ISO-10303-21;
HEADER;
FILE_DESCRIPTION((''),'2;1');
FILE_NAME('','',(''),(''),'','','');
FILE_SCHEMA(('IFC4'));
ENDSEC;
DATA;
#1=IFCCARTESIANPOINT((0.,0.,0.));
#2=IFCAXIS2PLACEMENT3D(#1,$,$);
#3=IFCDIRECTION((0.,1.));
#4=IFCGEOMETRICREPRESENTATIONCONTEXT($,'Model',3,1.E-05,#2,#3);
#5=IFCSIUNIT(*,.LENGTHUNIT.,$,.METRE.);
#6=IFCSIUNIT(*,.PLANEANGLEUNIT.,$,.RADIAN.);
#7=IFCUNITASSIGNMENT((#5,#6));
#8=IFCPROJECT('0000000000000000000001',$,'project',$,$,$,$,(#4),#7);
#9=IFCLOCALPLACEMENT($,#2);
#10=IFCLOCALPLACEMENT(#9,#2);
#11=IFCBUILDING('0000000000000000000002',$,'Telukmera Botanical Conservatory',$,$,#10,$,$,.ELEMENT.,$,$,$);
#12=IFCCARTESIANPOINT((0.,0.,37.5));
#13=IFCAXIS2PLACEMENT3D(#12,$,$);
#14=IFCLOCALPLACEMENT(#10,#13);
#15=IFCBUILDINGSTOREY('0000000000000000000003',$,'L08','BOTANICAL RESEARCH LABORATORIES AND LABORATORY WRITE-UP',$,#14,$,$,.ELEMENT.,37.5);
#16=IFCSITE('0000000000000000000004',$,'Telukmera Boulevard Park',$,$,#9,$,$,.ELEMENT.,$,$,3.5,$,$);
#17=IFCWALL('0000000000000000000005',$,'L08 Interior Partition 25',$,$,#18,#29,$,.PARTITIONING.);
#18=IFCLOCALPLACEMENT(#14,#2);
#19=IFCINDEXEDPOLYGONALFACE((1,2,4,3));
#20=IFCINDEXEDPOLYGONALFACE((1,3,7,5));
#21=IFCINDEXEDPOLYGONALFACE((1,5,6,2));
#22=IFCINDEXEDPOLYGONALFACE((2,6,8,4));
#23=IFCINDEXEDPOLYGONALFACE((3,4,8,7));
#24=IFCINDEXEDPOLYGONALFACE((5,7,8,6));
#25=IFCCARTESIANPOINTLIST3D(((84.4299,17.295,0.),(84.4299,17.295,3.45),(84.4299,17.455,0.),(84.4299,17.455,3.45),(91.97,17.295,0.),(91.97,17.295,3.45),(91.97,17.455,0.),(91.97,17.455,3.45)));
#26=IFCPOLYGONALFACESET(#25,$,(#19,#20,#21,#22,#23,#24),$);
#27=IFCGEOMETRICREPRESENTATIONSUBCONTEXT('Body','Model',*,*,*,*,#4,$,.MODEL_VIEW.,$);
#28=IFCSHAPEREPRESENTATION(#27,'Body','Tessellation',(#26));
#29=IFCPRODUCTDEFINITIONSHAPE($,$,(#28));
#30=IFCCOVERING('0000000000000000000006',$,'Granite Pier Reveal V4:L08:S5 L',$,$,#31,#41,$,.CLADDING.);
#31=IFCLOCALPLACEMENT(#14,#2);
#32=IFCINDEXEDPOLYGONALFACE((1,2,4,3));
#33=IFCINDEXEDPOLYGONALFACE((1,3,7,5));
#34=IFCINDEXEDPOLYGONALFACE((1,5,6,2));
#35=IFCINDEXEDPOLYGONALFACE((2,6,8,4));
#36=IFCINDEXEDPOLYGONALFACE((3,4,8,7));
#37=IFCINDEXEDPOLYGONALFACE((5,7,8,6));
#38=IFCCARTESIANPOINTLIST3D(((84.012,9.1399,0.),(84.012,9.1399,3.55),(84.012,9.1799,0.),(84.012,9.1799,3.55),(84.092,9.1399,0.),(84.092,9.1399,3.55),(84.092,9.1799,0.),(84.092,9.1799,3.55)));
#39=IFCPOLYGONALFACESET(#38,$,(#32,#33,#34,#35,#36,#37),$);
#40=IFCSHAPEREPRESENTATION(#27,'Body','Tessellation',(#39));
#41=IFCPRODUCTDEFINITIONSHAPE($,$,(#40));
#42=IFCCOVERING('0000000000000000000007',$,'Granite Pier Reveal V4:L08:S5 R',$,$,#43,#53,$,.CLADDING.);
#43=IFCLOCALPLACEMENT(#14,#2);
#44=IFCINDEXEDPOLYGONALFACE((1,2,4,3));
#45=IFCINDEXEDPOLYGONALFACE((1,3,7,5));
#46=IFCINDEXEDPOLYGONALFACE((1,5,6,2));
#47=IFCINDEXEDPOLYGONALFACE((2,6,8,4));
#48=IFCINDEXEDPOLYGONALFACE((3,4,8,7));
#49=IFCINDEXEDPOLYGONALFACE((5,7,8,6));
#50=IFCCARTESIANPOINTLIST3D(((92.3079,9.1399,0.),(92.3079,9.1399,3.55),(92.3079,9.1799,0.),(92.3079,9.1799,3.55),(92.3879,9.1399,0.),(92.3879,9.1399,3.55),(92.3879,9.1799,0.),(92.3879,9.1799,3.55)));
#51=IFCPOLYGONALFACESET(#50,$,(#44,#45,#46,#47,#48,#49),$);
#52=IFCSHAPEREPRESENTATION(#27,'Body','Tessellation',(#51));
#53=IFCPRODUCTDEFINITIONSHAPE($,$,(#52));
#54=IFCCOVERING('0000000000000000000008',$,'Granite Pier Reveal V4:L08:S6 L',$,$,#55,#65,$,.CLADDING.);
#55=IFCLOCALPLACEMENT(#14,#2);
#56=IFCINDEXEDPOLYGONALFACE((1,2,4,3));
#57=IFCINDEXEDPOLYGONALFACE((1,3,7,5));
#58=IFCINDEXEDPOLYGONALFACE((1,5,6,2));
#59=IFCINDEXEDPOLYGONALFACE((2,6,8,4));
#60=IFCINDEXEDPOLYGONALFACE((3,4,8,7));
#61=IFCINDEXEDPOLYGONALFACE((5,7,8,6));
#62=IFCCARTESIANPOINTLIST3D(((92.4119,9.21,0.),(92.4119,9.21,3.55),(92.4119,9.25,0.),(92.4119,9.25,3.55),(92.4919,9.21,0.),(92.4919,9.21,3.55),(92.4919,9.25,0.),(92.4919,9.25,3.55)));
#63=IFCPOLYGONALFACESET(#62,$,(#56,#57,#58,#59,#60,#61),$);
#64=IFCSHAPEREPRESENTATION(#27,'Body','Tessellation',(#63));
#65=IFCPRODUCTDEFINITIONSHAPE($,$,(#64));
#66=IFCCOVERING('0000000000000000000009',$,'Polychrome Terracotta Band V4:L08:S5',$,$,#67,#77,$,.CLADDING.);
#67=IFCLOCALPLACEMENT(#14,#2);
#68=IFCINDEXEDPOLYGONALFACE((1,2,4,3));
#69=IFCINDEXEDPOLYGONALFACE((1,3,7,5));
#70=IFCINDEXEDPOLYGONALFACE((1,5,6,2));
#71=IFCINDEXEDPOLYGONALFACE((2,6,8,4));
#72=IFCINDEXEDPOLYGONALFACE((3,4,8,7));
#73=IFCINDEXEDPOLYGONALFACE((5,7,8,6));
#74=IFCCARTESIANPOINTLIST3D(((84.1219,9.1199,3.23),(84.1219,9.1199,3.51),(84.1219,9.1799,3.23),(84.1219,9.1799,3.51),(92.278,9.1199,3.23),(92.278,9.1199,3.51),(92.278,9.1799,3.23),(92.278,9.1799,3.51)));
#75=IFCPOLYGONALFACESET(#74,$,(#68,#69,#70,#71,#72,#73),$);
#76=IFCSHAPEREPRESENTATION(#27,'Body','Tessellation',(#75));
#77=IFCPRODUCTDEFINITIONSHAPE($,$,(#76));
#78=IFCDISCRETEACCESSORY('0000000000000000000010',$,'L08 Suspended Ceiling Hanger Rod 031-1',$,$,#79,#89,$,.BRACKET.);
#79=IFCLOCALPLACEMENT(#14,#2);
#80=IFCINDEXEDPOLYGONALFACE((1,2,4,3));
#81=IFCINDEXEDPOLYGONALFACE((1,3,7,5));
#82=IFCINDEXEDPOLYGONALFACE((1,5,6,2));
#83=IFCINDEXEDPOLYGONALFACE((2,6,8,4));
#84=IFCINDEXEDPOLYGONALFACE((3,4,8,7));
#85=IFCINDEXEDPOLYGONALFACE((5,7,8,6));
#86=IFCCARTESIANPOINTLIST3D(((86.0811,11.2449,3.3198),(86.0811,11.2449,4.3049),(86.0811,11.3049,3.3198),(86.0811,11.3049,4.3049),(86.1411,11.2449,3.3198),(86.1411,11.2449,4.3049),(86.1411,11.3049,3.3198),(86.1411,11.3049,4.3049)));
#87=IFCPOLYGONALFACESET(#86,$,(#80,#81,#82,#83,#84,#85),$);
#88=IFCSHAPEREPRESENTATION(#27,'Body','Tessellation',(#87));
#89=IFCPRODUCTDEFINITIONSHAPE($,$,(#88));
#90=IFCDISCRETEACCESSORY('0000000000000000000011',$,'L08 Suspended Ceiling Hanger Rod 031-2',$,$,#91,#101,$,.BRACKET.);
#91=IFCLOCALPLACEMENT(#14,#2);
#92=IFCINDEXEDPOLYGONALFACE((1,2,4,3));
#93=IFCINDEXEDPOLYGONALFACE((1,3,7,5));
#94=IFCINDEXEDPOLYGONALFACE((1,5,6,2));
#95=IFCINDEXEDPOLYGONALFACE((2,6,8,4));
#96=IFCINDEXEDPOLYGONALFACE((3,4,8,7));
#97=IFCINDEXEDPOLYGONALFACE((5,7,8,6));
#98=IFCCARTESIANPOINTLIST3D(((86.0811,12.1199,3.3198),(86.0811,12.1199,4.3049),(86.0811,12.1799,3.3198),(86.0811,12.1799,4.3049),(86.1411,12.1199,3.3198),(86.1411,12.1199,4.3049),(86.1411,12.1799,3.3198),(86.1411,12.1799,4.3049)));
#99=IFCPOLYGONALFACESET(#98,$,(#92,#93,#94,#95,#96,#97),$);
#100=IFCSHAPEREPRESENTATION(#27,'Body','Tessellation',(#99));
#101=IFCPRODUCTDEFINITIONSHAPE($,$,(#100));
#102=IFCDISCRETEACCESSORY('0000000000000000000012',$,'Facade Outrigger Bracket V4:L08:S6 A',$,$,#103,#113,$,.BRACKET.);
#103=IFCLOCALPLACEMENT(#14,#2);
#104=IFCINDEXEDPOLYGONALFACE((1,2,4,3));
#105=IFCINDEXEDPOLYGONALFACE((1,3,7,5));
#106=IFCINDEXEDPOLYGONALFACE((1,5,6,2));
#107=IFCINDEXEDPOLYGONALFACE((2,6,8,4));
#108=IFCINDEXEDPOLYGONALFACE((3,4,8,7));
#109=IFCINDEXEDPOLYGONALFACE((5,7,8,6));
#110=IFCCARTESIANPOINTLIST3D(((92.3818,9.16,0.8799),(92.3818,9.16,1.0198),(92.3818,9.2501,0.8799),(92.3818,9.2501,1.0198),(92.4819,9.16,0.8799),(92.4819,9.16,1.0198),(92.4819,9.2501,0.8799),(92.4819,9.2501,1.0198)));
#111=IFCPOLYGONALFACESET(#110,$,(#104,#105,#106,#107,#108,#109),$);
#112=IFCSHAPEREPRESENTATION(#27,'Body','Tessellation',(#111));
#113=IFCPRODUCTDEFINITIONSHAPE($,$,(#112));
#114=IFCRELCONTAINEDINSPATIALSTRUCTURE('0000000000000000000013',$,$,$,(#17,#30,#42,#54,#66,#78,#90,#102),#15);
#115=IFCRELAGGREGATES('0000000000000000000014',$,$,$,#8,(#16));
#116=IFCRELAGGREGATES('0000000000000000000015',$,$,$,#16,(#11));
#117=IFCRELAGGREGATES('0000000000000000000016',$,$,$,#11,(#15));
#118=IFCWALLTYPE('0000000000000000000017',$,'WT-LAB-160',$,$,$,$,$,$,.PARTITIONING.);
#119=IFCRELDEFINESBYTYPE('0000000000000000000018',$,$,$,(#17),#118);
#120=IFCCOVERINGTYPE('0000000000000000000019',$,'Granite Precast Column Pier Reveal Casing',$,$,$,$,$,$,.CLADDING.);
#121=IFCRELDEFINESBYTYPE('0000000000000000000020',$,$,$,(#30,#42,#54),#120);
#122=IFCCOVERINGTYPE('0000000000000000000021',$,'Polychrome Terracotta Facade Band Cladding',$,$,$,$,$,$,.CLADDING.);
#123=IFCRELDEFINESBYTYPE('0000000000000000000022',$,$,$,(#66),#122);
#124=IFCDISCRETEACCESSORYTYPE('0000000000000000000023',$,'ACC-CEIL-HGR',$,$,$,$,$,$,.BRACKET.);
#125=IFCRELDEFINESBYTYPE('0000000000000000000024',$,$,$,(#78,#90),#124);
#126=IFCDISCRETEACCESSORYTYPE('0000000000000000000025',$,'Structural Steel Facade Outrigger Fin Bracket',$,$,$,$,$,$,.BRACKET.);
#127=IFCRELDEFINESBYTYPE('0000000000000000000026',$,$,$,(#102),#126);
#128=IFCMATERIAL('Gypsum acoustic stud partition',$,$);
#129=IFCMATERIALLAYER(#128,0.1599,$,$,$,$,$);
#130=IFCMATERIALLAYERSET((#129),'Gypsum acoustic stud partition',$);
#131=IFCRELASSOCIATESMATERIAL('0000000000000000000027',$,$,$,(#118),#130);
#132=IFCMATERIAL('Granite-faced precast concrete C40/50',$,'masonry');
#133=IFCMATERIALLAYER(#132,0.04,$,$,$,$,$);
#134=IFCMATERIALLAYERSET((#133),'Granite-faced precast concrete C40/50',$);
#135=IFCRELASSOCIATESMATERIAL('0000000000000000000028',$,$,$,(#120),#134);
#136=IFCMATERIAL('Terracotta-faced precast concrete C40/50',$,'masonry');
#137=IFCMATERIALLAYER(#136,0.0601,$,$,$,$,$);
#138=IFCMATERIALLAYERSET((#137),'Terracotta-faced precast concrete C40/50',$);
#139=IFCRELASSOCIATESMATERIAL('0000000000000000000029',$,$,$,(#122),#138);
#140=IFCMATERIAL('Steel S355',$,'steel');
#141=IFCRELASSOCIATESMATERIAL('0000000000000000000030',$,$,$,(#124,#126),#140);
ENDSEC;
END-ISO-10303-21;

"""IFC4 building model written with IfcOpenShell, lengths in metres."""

from ifc_helpers import new_model, si_unit, direction, frame, frame_2d, origin, origin_2d, place, context, subcontext, project, spatial, rectangle, extrude, material, layer, layer_set, type_object, element, save


model = new_model("IFC4")

# Units and contexts
model_context = context("Model", 3, precision=1e-05, world=origin(), true_north=direction((0.0, 1.0)))
body_context = subcontext(model_context, "Body", "Model", "MODEL_VIEW")
ifc_project = project(units=[si_unit("LENGTHUNIT", "METRE"), si_unit("PLANEANGLEUNIT", "RADIAN")], contexts=[model_context])

# Site, building, storey
site_placement = place(None, origin())
site = spatial("IfcSite", under=ifc_project, at=site_placement, Name="Telukmera Boulevard Park", CompositionType="ELEMENT", RefElevation=3.5)
building_placement = place(site_placement, origin())
building = spatial("IfcBuilding", under=site, at=building_placement, Name="Telukmera Botanical Conservatory", CompositionType="ELEMENT")
storey_placement = place(building_placement, frame((0.0, 0.0, 37.5)))
storey = spatial("IfcBuildingStorey", under=building, at=storey_placement, Name="L08", Description="BOTANICAL RESEARCH LABORATORIES AND LABORATORY WRITE-UP", CompositionType="ELEMENT", Elevation=37.5)

# Wall
ifc_material_1 = material(Name="Gypsum acoustic stud partition")
ifc_layer_1 = layer(ifc_material_1, 0.1599)
ifc_layer_set_1 = layer_set([ifc_layer_1], Name="Gypsum acoustic stud partition")
wall_type_1 = type_object("IfcWallType", Name="WT-LAB-160", PredefinedType="PARTITIONING", material=ifc_layer_set_1)
wall_1_placement = place(storey_placement, frame((84.4299, 17.375, 0.0), z_axis=(0.0, 0.0, 1.0), x_axis=(1.0, 0.0, 0.0)))
element("IfcWall", 1, at=wall_1_placement, inside=storey, type_object=wall_type_1, Name="L08 Interior Partition 25", PredefinedType="PARTITIONING", context=body_context, shape_type="SweptSolid", body=[
    extrude(rectangle(XDim=7.54, YDim=0.1599, at=frame_2d((3.77, 0.0))), origin(), (0.0, 0.0, 1.0), 3.45),
])

# Coverings
ifc_material_2 = material(Name="Granite-faced precast concrete C40/50", Category="masonry")
ifc_layer_2 = layer(ifc_material_2, 0.04)
ifc_layer_set_2 = layer_set([ifc_layer_2], Name="Granite-faced precast concrete C40/50")
covering_type_1 = type_object("IfcCoveringType", Name="Granite Precast Column Pier Reveal Casing", PredefinedType="CLADDING", material=ifc_layer_set_2)
for number, where, z_axis, x_axis, name in (
    (2, (84.052, 9.1599, 0.0), (0.0, 0.0, 1.0), (1.0, 0.0, 0.0), "Granite Pier Reveal V4:L08:S5 L"),
    (3, (92.3479, 9.1599, 0.0), (0.0, 0.0, 1.0), (1.0, 0.0, 0.0), "Granite Pier Reveal V4:L08:S5 R"),
    (4, (92.4519, 9.23, 0.0), (0.0, 0.0, 1.0), (1.0, 0.0, 0.0), "Granite Pier Reveal V4:L08:S6 L"),
):
    element("IfcCovering", number, at=place(storey_placement, frame(where, z_axis=z_axis, x_axis=x_axis)), inside=storey, type_object=covering_type_1, Name=name, PredefinedType="CLADDING", context=body_context, shape_type="SweptSolid", body=[
        extrude(rectangle(XDim=0.0801, YDim=0.04, at=origin_2d()), origin(), (0.0, 0.0, 1.0), 3.55),
    ])
ifc_material_3 = material(Name="Terracotta-faced precast concrete C40/50", Category="masonry")
ifc_layer_3 = layer(ifc_material_3, 0.0601)
ifc_layer_set_3 = layer_set([ifc_layer_3], Name="Terracotta-faced precast concrete C40/50")
covering_type_2 = type_object("IfcCoveringType", Name="Polychrome Terracotta Facade Band Cladding", PredefinedType="CLADDING", material=ifc_layer_set_3)
covering_placement = place(storey_placement, frame((88.2, 9.1499, 3.23), z_axis=(0.0, 0.0, 1.0), x_axis=(1.0, 0.0, 0.0)))
element("IfcCovering", 5, at=covering_placement, inside=storey, type_object=covering_type_2, Name="Polychrome Terracotta Band V4:L08:S5", PredefinedType="CLADDING", context=body_context, shape_type="SweptSolid", body=[
    extrude(rectangle(XDim=8.156, YDim=0.0601, at=origin_2d()), origin(), (0.0, 0.0, 1.0), 0.28),
])

# Discrete accessories
ifc_material_4 = material(Name="Steel S355", Category="steel")
discrete_accessory_type_1 = type_object("IfcDiscreteAccessoryType", Name="ACC-CEIL-HGR", PredefinedType="BRACKET", material=ifc_material_4)
for number, where, z_axis, x_axis, name in (
    (6, (86.1111, 11.2749, 3.3198), (0.0, 0.0, 1.0), (1.0, 0.0, 0.0), "L08 Suspended Ceiling Hanger Rod 031-1"),
    (7, (86.1111, 12.1499, 3.3198), (0.0, 0.0, 1.0), (1.0, 0.0, 0.0), "L08 Suspended Ceiling Hanger Rod 031-2"),
):
    element("IfcDiscreteAccessory", number, at=place(storey_placement, frame(where, z_axis=z_axis, x_axis=x_axis)), inside=storey, type_object=discrete_accessory_type_1, Name=name, PredefinedType="BRACKET", context=body_context, shape_type="SweptSolid", body=[
        extrude(rectangle(XDim=0.0601, YDim=0.0601, at=origin_2d()), origin(), (0.0, 0.0, 1.0), 0.9851),
    ])
discrete_accessory_type_2 = type_object("IfcDiscreteAccessoryType", Name="Structural Steel Facade Outrigger Fin Bracket", PredefinedType="BRACKET", material=ifc_material_4)
discrete_accessory_placement = place(storey_placement, frame((92.4319, 9.2051, 0.8799), z_axis=(0.0, 0.0, 1.0), x_axis=(1.0, 0.0, 0.0)))
element("IfcDiscreteAccessory", 8, at=discrete_accessory_placement, inside=storey, type_object=discrete_accessory_type_2, Name="Facade Outrigger Bracket V4:L08:S6 A", PredefinedType="BRACKET", context=body_context, shape_type="SweptSolid", body=[
    extrude(rectangle(XDim=0.1001, YDim=0.0901, at=origin_2d()), origin(), (0.0, 0.0, 1.0), 0.1399),
])

save(model, "model.ifc")
